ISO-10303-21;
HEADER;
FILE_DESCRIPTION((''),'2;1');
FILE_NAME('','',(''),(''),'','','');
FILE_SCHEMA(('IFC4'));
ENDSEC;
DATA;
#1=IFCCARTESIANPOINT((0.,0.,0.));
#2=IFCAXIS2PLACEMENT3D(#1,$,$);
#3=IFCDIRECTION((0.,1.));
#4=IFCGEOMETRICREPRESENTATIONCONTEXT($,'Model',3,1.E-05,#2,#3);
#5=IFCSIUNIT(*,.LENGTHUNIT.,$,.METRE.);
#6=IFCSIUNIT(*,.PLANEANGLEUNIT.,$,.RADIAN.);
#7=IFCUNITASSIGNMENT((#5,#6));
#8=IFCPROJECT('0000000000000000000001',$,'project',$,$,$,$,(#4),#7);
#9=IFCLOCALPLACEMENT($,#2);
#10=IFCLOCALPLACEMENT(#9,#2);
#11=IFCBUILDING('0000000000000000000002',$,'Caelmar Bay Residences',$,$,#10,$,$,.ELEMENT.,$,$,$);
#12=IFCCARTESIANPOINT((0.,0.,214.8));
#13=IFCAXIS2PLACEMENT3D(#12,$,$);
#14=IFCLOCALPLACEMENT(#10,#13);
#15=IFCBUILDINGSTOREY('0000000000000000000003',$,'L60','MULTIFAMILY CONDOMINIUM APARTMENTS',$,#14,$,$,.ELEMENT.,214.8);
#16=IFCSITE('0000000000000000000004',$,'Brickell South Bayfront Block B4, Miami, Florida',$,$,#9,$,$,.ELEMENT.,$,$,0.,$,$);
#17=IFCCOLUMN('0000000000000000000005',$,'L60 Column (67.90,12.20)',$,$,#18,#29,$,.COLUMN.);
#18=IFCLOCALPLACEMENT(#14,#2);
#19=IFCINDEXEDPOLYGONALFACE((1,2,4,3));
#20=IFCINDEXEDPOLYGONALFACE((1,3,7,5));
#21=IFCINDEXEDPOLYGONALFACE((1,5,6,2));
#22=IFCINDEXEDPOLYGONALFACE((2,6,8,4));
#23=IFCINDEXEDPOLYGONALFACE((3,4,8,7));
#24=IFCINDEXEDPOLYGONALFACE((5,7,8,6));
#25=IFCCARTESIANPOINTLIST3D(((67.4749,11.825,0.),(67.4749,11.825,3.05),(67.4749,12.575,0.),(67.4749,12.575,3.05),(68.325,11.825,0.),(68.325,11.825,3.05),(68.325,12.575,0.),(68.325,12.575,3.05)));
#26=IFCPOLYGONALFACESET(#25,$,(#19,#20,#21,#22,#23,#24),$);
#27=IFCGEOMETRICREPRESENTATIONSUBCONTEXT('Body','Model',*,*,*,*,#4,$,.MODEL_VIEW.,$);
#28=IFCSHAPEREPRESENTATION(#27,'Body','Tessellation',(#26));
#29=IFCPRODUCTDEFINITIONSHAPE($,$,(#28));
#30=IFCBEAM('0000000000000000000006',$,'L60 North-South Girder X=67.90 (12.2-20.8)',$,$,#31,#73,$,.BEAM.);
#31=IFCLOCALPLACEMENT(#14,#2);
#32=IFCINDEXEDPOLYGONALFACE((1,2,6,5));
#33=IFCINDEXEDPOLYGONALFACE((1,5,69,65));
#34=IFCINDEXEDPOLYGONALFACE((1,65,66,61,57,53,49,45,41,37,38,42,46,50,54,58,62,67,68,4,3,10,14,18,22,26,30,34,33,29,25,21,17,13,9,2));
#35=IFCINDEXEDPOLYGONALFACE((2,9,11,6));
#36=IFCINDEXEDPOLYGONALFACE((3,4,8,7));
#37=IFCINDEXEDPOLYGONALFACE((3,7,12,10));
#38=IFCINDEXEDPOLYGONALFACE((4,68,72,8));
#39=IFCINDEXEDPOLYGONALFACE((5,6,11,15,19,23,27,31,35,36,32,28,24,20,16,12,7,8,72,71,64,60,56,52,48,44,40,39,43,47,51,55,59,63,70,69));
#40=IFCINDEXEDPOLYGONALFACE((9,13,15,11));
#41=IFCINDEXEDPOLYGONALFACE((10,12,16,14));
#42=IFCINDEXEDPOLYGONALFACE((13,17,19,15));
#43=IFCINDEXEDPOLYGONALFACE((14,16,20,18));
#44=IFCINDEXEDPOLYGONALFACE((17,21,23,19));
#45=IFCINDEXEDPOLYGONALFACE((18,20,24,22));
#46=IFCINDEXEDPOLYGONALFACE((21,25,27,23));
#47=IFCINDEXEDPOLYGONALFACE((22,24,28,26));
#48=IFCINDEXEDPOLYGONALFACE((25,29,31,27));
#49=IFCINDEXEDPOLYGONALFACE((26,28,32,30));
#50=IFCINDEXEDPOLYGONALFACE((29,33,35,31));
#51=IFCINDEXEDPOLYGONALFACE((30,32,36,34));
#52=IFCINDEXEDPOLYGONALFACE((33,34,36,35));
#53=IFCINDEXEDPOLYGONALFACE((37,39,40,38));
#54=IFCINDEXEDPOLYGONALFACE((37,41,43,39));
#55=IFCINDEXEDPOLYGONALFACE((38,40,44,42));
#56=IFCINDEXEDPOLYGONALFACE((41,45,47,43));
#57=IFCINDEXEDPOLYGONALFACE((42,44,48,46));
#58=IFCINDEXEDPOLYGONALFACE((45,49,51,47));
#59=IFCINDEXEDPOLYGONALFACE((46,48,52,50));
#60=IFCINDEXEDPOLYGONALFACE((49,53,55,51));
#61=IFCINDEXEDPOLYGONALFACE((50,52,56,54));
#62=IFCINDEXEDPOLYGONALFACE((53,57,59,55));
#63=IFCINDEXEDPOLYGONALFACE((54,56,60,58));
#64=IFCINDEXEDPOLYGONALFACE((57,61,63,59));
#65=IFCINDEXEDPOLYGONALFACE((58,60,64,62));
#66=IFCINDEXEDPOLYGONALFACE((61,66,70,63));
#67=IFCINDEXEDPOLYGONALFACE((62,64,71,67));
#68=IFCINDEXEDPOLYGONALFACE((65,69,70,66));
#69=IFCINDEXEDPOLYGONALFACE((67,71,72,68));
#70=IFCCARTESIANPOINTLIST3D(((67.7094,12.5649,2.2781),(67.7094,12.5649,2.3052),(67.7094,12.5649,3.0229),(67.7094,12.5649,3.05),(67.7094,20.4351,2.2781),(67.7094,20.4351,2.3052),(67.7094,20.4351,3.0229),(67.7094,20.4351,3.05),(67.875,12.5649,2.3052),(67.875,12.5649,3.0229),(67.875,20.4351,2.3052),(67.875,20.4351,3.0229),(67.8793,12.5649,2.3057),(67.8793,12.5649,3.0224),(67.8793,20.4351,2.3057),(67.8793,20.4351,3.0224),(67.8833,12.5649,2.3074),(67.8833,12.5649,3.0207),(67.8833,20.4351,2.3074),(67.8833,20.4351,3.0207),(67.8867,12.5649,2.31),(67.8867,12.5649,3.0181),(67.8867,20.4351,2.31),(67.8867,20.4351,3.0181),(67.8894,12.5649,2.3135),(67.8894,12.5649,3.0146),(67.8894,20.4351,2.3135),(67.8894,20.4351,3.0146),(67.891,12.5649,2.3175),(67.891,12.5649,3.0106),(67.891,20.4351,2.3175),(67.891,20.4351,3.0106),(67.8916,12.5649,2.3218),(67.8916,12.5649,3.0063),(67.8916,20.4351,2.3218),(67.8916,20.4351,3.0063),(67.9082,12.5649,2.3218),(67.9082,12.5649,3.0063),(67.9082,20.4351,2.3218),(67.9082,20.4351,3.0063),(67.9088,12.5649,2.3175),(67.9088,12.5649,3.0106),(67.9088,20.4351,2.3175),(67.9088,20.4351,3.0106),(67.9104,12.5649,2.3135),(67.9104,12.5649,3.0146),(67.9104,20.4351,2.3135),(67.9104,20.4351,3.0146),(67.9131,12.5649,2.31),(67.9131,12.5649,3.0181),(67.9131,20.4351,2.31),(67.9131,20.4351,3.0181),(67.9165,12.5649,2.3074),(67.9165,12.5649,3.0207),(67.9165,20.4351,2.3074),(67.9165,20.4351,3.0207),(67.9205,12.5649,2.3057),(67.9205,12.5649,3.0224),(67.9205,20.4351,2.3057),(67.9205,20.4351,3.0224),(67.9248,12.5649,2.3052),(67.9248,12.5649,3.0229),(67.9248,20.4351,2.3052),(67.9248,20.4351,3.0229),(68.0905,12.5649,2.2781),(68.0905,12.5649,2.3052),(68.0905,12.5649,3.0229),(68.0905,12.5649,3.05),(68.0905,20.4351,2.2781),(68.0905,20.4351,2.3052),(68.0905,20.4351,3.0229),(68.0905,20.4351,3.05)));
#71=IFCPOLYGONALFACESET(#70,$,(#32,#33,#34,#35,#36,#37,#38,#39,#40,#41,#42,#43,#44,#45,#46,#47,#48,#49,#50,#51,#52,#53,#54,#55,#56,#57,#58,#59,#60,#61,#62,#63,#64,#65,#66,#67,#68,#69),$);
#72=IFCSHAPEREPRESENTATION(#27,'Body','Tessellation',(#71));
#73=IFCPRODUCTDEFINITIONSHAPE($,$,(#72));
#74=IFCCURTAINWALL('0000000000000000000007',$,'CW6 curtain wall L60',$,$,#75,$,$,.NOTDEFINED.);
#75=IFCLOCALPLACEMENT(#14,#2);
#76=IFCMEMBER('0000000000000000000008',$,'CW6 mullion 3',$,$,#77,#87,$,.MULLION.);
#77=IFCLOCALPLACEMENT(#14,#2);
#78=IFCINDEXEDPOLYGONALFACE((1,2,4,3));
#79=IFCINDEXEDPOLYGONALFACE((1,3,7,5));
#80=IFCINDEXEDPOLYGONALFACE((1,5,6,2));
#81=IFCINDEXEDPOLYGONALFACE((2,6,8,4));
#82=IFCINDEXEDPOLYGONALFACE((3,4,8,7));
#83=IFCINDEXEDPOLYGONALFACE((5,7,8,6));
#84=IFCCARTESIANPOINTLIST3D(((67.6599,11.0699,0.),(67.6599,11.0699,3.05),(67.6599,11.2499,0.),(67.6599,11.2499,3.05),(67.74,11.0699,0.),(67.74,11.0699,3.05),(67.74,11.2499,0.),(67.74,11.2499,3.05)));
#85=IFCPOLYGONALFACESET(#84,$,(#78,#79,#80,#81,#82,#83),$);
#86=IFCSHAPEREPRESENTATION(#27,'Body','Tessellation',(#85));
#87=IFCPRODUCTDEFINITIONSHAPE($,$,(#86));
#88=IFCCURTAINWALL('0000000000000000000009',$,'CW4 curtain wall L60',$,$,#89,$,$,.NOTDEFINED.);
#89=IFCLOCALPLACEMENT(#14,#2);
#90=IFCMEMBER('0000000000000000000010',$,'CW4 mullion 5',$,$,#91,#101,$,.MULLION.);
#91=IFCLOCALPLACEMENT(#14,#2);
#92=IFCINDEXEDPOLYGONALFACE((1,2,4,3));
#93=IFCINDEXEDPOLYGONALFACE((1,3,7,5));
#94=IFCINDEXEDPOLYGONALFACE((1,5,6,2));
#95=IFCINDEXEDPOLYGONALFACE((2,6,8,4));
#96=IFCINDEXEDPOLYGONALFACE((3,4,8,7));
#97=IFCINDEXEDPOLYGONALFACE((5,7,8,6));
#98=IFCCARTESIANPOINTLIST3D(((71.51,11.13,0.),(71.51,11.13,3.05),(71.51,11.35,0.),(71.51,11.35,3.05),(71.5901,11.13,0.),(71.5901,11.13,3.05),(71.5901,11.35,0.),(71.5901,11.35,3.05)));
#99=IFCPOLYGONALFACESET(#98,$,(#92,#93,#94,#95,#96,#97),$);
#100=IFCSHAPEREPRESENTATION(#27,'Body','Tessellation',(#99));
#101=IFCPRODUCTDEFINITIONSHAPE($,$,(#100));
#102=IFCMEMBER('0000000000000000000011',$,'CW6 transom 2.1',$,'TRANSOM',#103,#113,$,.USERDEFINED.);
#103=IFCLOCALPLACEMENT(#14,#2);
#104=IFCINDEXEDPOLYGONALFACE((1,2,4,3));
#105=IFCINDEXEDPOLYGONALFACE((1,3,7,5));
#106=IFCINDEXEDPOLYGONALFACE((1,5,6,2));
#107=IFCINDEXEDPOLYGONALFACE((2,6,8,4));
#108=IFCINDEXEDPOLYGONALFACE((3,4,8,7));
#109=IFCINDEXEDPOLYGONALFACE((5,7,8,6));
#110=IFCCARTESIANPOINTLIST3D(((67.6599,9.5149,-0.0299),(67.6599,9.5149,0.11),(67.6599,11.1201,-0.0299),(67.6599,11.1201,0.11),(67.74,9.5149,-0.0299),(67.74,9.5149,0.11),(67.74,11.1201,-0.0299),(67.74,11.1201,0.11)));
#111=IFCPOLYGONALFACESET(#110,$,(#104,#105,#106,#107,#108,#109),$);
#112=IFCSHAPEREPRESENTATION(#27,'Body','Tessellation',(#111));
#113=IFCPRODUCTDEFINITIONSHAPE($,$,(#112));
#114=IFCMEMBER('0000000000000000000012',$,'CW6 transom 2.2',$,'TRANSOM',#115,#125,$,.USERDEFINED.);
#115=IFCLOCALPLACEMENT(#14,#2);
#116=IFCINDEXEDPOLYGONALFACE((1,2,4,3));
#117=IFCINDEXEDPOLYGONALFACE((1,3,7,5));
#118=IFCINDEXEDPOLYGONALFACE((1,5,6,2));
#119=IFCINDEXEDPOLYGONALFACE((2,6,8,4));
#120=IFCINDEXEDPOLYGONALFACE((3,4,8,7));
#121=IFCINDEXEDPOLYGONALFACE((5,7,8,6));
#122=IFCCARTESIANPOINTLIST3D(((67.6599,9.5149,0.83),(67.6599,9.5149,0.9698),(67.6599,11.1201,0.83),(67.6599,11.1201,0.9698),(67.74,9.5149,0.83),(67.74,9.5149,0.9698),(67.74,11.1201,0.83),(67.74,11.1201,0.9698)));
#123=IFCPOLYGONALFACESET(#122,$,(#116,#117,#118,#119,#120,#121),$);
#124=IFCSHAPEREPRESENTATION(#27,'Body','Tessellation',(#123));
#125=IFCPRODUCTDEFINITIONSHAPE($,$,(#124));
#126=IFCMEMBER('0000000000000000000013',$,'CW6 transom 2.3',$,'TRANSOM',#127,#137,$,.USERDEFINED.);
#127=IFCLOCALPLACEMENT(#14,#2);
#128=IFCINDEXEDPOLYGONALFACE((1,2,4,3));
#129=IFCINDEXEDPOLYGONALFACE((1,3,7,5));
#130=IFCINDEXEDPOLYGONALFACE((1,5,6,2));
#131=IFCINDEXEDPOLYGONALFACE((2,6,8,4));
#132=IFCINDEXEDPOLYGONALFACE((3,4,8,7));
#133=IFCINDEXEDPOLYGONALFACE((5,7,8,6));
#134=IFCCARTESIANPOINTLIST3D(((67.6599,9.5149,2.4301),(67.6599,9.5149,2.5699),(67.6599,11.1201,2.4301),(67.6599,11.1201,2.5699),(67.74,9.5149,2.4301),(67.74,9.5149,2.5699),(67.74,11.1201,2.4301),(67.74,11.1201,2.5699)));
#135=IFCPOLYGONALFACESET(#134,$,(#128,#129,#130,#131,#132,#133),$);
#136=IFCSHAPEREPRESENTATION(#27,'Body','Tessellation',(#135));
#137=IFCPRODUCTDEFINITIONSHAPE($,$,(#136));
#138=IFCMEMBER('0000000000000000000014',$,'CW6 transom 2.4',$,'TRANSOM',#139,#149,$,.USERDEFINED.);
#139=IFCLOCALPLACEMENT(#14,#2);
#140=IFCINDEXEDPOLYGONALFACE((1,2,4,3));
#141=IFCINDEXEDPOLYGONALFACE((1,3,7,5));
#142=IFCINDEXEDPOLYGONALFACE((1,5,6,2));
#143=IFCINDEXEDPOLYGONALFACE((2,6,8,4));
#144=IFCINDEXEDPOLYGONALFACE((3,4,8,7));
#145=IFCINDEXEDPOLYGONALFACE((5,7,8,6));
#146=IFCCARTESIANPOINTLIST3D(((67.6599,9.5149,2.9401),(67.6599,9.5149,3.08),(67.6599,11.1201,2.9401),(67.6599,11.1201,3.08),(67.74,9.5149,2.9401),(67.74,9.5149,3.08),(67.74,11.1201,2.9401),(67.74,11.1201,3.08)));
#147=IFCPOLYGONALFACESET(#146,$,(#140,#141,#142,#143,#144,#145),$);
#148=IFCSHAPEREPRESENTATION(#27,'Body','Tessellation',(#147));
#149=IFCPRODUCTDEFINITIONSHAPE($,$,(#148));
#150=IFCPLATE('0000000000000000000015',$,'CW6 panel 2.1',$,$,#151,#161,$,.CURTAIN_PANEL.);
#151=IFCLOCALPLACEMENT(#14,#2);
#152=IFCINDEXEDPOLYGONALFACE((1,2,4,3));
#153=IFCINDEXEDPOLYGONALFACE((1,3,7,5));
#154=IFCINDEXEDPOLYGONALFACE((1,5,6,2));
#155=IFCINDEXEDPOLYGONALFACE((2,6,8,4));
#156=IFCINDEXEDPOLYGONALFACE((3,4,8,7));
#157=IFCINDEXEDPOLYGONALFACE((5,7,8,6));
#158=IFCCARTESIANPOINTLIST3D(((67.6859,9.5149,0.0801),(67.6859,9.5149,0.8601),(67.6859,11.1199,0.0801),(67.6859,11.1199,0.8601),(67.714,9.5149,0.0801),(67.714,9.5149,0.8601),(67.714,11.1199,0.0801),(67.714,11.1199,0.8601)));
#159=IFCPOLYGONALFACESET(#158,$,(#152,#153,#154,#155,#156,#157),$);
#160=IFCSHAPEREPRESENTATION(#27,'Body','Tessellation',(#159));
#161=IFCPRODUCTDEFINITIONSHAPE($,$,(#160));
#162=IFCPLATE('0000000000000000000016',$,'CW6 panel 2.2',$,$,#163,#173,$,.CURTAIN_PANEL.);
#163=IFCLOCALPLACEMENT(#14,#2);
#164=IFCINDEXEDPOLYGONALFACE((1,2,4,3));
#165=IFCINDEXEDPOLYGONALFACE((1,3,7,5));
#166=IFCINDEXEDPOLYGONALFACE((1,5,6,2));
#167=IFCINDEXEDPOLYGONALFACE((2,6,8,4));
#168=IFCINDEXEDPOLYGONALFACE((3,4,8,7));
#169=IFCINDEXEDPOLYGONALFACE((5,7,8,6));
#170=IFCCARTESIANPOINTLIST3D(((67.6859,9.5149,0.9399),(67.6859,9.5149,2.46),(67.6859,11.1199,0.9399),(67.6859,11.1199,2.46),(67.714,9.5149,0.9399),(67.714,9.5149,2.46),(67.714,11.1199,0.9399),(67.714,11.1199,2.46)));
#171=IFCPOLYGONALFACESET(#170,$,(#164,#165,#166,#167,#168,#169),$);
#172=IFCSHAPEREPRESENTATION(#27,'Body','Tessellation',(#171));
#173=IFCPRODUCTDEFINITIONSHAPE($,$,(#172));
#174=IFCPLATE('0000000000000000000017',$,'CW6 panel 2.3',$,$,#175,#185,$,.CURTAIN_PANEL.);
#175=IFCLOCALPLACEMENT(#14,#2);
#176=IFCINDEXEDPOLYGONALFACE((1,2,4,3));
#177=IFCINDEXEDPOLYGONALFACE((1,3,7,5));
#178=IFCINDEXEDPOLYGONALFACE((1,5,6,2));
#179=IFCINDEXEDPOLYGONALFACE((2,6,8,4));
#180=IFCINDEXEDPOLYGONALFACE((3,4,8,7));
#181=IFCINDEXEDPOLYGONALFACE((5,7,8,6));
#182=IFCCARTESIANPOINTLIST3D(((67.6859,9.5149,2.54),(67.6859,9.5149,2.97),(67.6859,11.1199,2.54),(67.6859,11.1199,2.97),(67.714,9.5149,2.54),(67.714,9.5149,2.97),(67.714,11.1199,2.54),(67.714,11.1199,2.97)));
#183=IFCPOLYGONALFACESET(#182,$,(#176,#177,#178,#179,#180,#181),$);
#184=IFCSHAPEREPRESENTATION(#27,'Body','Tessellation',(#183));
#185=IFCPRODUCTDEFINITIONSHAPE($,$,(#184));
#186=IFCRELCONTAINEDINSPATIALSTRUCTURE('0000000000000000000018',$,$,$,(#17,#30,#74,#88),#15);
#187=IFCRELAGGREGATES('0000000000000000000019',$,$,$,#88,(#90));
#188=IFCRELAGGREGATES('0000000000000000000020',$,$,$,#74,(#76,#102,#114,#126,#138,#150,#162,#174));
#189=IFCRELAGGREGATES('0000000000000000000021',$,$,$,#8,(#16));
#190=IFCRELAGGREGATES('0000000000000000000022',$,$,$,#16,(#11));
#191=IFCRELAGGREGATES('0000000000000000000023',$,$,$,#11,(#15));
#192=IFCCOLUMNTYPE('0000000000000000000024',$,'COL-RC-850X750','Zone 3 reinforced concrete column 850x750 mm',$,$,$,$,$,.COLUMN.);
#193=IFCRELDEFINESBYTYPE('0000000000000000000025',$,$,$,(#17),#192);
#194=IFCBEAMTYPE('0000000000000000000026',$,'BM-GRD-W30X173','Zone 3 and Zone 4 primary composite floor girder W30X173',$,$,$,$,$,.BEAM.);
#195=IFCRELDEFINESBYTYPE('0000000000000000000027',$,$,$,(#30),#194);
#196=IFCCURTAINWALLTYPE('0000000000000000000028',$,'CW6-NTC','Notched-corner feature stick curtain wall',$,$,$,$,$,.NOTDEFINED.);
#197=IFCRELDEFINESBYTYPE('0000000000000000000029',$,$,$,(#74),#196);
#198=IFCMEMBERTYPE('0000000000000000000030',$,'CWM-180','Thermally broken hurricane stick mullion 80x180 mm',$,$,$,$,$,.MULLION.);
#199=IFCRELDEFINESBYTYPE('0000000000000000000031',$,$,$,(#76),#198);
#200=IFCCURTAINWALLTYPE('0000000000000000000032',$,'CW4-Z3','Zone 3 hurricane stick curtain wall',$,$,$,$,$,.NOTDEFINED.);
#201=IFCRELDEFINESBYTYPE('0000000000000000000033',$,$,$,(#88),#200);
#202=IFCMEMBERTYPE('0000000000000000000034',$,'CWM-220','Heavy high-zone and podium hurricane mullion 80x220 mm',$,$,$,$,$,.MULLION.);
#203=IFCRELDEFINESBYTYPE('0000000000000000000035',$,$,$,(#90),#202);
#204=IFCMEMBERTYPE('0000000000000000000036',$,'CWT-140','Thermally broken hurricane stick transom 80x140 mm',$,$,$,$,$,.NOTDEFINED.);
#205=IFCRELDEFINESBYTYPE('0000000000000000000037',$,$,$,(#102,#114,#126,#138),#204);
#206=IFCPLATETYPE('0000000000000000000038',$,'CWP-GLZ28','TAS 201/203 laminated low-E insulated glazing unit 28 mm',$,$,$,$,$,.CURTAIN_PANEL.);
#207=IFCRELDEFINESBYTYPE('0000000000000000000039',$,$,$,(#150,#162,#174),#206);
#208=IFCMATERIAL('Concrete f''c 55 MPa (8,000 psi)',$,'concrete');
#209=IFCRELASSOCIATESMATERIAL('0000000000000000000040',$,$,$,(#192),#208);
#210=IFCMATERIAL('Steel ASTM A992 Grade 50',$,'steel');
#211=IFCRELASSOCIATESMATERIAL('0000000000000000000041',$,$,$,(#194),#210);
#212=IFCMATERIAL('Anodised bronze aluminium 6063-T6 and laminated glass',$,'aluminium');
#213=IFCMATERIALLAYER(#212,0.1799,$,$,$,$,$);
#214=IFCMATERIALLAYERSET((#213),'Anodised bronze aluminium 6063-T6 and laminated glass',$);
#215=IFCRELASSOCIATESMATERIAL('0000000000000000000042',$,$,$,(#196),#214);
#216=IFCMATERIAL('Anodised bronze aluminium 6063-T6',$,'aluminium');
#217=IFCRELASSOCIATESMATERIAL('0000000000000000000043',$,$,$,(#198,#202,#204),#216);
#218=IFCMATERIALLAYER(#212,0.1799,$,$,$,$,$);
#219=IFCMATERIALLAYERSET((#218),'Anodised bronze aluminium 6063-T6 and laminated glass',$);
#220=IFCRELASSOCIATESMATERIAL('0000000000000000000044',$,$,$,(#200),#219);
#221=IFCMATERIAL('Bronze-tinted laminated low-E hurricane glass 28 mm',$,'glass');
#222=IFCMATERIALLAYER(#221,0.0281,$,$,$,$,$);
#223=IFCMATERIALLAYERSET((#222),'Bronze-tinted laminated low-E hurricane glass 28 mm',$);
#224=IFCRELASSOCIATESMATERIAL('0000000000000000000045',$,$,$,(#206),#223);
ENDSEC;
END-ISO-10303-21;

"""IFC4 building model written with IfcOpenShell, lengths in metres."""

from ifc_helpers import new_model, si_unit, direction, frame, origin, origin_2d, place, context, subcontext, project, spatial, rectangle, i_section, extrude, material, layer, layer_set, material_profile, profile_set, type_object, element, aggregate, save


model = new_model("IFC4")

# Units and contexts
model_context = context("Model", 3, precision=1e-05, world=origin(), true_north=direction((0.0, 1.0)))
body_context = subcontext(model_context, "Body", "Model", "MODEL_VIEW")
ifc_project = project(units=[si_unit("LENGTHUNIT", "METRE"), si_unit("PLANEANGLEUNIT", "RADIAN")], contexts=[model_context])

# Site, building, storey
site_placement = place(None, origin())
site = spatial("IfcSite", under=ifc_project, at=site_placement, Name="Brickell South Bayfront Block B4, Miami, Florida", CompositionType="ELEMENT", RefElevation=0.0)
building_placement = place(site_placement, origin())
building = spatial("IfcBuilding", under=site, at=building_placement, Name="Caelmar Bay Residences", CompositionType="ELEMENT")
storey_placement = place(building_placement, frame((0.0, 0.0, 214.8)))
storey = spatial("IfcBuildingStorey", under=building, at=storey_placement, Name="L60", Description="MULTIFAMILY CONDOMINIUM APARTMENTS", CompositionType="ELEMENT", Elevation=214.8)

# Column
ifc_material_1 = material(Name="Concrete f'c 55 MPa (8,000 psi)", Category="concrete")
ifc_material_profile_1 = material_profile(ifc_material_1, rectangle(XDim=0.8501, YDim=0.75, at=origin_2d()), Name="RC-COL-850X750")
ifc_profile_set_1 = profile_set([ifc_material_profile_1], Name="Concrete f'c 55 MPa (8,000 psi)")
column_type = type_object("IfcColumnType", Name="COL-RC-850X750", Description="Zone 3 reinforced concrete column 850x750 mm", PredefinedType="COLUMN", material=ifc_profile_set_1)
column_placement = place(storey_placement, frame((67.8999, 12.2, 0.0), z_axis=(0.0, 0.0, 1.0), x_axis=(1.0, 0.0, 0.0)))
element("IfcColumn", 1, at=column_placement, inside=storey, type_object=column_type, Name="L60 Column (67.90,12.20)", PredefinedType="COLUMN", context=body_context, shape_type="SweptSolid", body=[
    extrude(rectangle(XDim=0.8501, YDim=0.75, at=origin_2d()), origin(), (0.0, 0.0, 1.0), 3.05),
])

# Beam
ifc_material_2 = material(Name="Steel ASTM A992 Grade 50", Category="steel")
ifc_material_profile_2 = material_profile(ifc_material_2, i_section(OverallWidth=0.3811, OverallDepth=0.772, WebThickness=0.0166, FlangeThickness=0.0271, FilletRadius=0.0166, at=origin_2d()), Name="W30X173")
ifc_profile_set_2 = profile_set([ifc_material_profile_2], Name="Steel ASTM A992 Grade 50")
beam_type = type_object("IfcBeamType", Name="BM-GRD-W30X173", Description="Zone 3 and Zone 4 primary composite floor girder W30X173", PredefinedType="BEAM", material=ifc_profile_set_2)
beam_placement = place(storey_placement, frame((67.8999, 12.5649, 2.6641), z_axis=(0.0, 1.0, 0.0), x_axis=(-1.0, 0.0, 0.0)))
element("IfcBeam", 2, at=beam_placement, inside=storey, type_object=beam_type, Name="L60 North-South Girder X=67.90 (12.2-20.8)", PredefinedType="BEAM", context=body_context, shape_type="SweptSolid", body=[
    extrude(i_section(OverallWidth=0.3811, OverallDepth=0.772, WebThickness=0.0166, FlangeThickness=0.0271, FilletRadius=0.0166, at=origin_2d()), origin(), (0.0, 0.0, 1.0), 7.8701),
])

# Curtain walls, members
ifc_material_3 = material(Name="Anodised bronze aluminium 6063-T6 and laminated glass", Category="aluminium")
ifc_layer_1 = layer(ifc_material_3, 0.1799)
ifc_layer_set_1 = layer_set([ifc_layer_1], Name="Anodised bronze aluminium 6063-T6 and laminated glass")
curtain_wall_type_1 = type_object("IfcCurtainWallType", Name="CW6-NTC", Description="Notched-corner feature stick curtain wall", PredefinedType="NOTDEFINED", material=ifc_layer_set_1)
curtain_wall_1_placement = place(storey_placement, origin())
curtain_wall_1 = element("IfcCurtainWall", 3, at=curtain_wall_1_placement, inside=storey, type_object=curtain_wall_type_1, Name="CW6 curtain wall L60", PredefinedType="NOTDEFINED")
ifc_material_4 = material(Name="Anodised bronze aluminium 6063-T6", Category="aluminium")
ifc_material_profile_3 = material_profile(ifc_material_4, rectangle(XDim=0.0801, YDim=0.1799, at=origin_2d()), Name="CWM-80X180")
ifc_profile_set_3 = profile_set([ifc_material_profile_3], Name="Anodised bronze aluminium 6063-T6")
member_type_1 = type_object("IfcMemberType", Name="CWM-180", Description="Thermally broken hurricane stick mullion 80x180 mm", PredefinedType="MULLION", material=ifc_profile_set_3)
member_1_placement = place(storey_placement, frame((67.7, 11.1599, 0.0), z_axis=(0.0, 0.0, 1.0), x_axis=(-1.0, 0.0, 0.0)))
member_1 = element("IfcMember", 4, at=member_1_placement, type_object=member_type_1, Name="CW6 mullion 3", PredefinedType="MULLION", context=body_context, shape_type="SweptSolid", body=[
    extrude(rectangle(XDim=0.0801, YDim=0.1799, at=origin_2d()), origin(), (0.0, 0.0, 1.0), 3.05),
])
ifc_layer_2 = layer(ifc_material_3, 0.1799)
ifc_layer_set_2 = layer_set([ifc_layer_2], Name="Anodised bronze aluminium 6063-T6 and laminated glass")
curtain_wall_type_2 = type_object("IfcCurtainWallType", Name="CW4-Z3", Description="Zone 3 hurricane stick curtain wall", PredefinedType="NOTDEFINED", material=ifc_layer_set_2)
curtain_wall_2_placement = place(storey_placement, origin())
curtain_wall_2 = element("IfcCurtainWall", 5, at=curtain_wall_2_placement, inside=storey, type_object=curtain_wall_type_2, Name="CW4 curtain wall L60", PredefinedType="NOTDEFINED")
ifc_material_profile_4 = material_profile(ifc_material_4, rectangle(XDim=0.0801, YDim=0.22, at=origin_2d()), Name="CWM-80X220")
ifc_profile_set_4 = profile_set([ifc_material_profile_4], Name="Anodised bronze aluminium 6063-T6")
member_type_2 = type_object("IfcMemberType", Name="CWM-220", Description="Heavy high-zone and podium hurricane mullion 80x220 mm", PredefinedType="MULLION", material=ifc_profile_set_4)
member_2_placement = place(storey_placement, frame((71.55, 11.24, 0.0), z_axis=(0.0, 0.0, 1.0), x_axis=(1.0, 0.0, 0.0)))
member_2 = element("IfcMember", 6, at=member_2_placement, type_object=member_type_2, Name="CW4 mullion 5", PredefinedType="MULLION", context=body_context, shape_type="SweptSolid", body=[
    extrude(rectangle(XDim=0.0801, YDim=0.22, at=origin_2d()), origin(), (0.0, 0.0, 1.0), 3.05),
])
aggregate(curtain_wall_2, [member_2])

# Members
ifc_material_profile_5 = material_profile(ifc_material_4, rectangle(XDim=0.0801, YDim=0.1399, at=origin_2d()), Name="CWT-80X140")
ifc_profile_set_5 = profile_set([ifc_material_profile_5], Name="Anodised bronze aluminium 6063-T6")
member_type_3 = type_object("IfcMemberType", Name="CWT-140", Description="Thermally broken hurricane stick transom 80x140 mm", PredefinedType="NOTDEFINED", material=ifc_profile_set_5)
member_3_placement = place(storey_placement, frame((67.7, 9.5149, 0.04), z_axis=(0.0, 1.0, 0.0), x_axis=(-1.0, 0.0, 0.0)))
member_3 = element("IfcMember", 7, at=member_3_placement, type_object=member_type_3, Name="CW6 transom 2.1", ObjectType="TRANSOM", PredefinedType="USERDEFINED", context=body_context, shape_type="SweptSolid", body=[
    extrude(rectangle(XDim=0.0801, YDim=0.1399, at=origin_2d()), origin(), (0.0, 0.0, 1.0), 1.6052),
])
member_4_placement = place(storey_placement, frame((67.7, 9.5149, 0.8999), z_axis=(0.0, 1.0, 0.0), x_axis=(-1.0, 0.0, 0.0)))
member_4 = element("IfcMember", 8, at=member_4_placement, type_object=member_type_3, Name="CW6 transom 2.2", ObjectType="TRANSOM", PredefinedType="USERDEFINED", context=body_context, shape_type="SweptSolid", body=[
    extrude(rectangle(XDim=0.0801, YDim=0.1399, at=origin_2d()), origin(), (0.0, 0.0, 1.0), 1.6052),
])
member_5_placement = place(storey_placement, frame((67.7, 9.5149, 2.5), z_axis=(0.0, 1.0, 0.0), x_axis=(-1.0, 0.0, 0.0)))
member_5 = element("IfcMember", 9, at=member_5_placement, type_object=member_type_3, Name="CW6 transom 2.3", ObjectType="TRANSOM", PredefinedType="USERDEFINED", context=body_context, shape_type="SweptSolid", body=[
    extrude(rectangle(XDim=0.0801, YDim=0.1399, at=origin_2d()), origin(), (0.0, 0.0, 1.0), 1.6052),
])
member_6_placement = place(storey_placement, frame((67.7, 9.5149, 3.01), z_axis=(0.0, 1.0, 0.0), x_axis=(-1.0, 0.0, 0.0)))
member_6 = element("IfcMember", 10, at=member_6_placement, type_object=member_type_3, Name="CW6 transom 2.4", ObjectType="TRANSOM", PredefinedType="USERDEFINED", context=body_context, shape_type="SweptSolid", body=[
    extrude(rectangle(XDim=0.0801, YDim=0.1399, at=origin_2d()), origin(), (0.0, 0.0, 1.0), 1.6052),
])

# Plates
ifc_material_5 = material(Name="Bronze-tinted laminated low-E hurricane glass 28 mm", Category="glass")
ifc_layer_3 = layer(ifc_material_5, 0.0281)
ifc_layer_set_3 = layer_set([ifc_layer_3], Name="Bronze-tinted laminated low-E hurricane glass 28 mm")
plate_type = type_object("IfcPlateType", Name="CWP-GLZ28", Description="TAS 201/203 laminated low-E insulated glazing unit 28 mm", PredefinedType="CURTAIN_PANEL", material=ifc_layer_set_3)
plate_1_placement = place(storey_placement, frame((67.7, 10.3174, 0.0801), z_axis=(0.0, 0.0, 1.0), x_axis=(0.0, 1.0, 0.0)))
plate_1 = element("IfcPlate", 11, at=plate_1_placement, type_object=plate_type, Name="CW6 panel 2.1", PredefinedType="CURTAIN_PANEL", context=body_context, shape_type="SweptSolid", body=[
    extrude(rectangle(XDim=1.605, YDim=0.0281, at=origin_2d()), origin(), (0.0, 0.0, 1.0), 0.78),
])
plate_2_placement = place(storey_placement, frame((67.7, 10.3174, 0.9399), z_axis=(0.0, 0.0, 1.0), x_axis=(0.0, 1.0, 0.0)))
plate_2 = element("IfcPlate", 12, at=plate_2_placement, type_object=plate_type, Name="CW6 panel 2.2", PredefinedType="CURTAIN_PANEL", context=body_context, shape_type="SweptSolid", body=[
    extrude(rectangle(XDim=1.605, YDim=0.0281, at=origin_2d()), origin(), (0.0, 0.0, 1.0), 1.52),
])
plate_3_placement = place(storey_placement, frame((67.7, 10.3174, 2.54), z_axis=(0.0, 0.0, 1.0), x_axis=(0.0, 1.0, 0.0)))
plate_3 = element("IfcPlate", 13, at=plate_3_placement, type_object=plate_type, Name="CW6 panel 2.3", PredefinedType="CURTAIN_PANEL", context=body_context, shape_type="SweptSolid", body=[
    extrude(rectangle(XDim=1.605, YDim=0.0281, at=origin_2d()), origin(), (0.0, 0.0, 1.0), 0.4299),
])
aggregate(curtain_wall_1, [member_1, member_3, member_4, member_5, member_6, plate_1, plate_2, plate_3])

save(model, "model.ifc")
